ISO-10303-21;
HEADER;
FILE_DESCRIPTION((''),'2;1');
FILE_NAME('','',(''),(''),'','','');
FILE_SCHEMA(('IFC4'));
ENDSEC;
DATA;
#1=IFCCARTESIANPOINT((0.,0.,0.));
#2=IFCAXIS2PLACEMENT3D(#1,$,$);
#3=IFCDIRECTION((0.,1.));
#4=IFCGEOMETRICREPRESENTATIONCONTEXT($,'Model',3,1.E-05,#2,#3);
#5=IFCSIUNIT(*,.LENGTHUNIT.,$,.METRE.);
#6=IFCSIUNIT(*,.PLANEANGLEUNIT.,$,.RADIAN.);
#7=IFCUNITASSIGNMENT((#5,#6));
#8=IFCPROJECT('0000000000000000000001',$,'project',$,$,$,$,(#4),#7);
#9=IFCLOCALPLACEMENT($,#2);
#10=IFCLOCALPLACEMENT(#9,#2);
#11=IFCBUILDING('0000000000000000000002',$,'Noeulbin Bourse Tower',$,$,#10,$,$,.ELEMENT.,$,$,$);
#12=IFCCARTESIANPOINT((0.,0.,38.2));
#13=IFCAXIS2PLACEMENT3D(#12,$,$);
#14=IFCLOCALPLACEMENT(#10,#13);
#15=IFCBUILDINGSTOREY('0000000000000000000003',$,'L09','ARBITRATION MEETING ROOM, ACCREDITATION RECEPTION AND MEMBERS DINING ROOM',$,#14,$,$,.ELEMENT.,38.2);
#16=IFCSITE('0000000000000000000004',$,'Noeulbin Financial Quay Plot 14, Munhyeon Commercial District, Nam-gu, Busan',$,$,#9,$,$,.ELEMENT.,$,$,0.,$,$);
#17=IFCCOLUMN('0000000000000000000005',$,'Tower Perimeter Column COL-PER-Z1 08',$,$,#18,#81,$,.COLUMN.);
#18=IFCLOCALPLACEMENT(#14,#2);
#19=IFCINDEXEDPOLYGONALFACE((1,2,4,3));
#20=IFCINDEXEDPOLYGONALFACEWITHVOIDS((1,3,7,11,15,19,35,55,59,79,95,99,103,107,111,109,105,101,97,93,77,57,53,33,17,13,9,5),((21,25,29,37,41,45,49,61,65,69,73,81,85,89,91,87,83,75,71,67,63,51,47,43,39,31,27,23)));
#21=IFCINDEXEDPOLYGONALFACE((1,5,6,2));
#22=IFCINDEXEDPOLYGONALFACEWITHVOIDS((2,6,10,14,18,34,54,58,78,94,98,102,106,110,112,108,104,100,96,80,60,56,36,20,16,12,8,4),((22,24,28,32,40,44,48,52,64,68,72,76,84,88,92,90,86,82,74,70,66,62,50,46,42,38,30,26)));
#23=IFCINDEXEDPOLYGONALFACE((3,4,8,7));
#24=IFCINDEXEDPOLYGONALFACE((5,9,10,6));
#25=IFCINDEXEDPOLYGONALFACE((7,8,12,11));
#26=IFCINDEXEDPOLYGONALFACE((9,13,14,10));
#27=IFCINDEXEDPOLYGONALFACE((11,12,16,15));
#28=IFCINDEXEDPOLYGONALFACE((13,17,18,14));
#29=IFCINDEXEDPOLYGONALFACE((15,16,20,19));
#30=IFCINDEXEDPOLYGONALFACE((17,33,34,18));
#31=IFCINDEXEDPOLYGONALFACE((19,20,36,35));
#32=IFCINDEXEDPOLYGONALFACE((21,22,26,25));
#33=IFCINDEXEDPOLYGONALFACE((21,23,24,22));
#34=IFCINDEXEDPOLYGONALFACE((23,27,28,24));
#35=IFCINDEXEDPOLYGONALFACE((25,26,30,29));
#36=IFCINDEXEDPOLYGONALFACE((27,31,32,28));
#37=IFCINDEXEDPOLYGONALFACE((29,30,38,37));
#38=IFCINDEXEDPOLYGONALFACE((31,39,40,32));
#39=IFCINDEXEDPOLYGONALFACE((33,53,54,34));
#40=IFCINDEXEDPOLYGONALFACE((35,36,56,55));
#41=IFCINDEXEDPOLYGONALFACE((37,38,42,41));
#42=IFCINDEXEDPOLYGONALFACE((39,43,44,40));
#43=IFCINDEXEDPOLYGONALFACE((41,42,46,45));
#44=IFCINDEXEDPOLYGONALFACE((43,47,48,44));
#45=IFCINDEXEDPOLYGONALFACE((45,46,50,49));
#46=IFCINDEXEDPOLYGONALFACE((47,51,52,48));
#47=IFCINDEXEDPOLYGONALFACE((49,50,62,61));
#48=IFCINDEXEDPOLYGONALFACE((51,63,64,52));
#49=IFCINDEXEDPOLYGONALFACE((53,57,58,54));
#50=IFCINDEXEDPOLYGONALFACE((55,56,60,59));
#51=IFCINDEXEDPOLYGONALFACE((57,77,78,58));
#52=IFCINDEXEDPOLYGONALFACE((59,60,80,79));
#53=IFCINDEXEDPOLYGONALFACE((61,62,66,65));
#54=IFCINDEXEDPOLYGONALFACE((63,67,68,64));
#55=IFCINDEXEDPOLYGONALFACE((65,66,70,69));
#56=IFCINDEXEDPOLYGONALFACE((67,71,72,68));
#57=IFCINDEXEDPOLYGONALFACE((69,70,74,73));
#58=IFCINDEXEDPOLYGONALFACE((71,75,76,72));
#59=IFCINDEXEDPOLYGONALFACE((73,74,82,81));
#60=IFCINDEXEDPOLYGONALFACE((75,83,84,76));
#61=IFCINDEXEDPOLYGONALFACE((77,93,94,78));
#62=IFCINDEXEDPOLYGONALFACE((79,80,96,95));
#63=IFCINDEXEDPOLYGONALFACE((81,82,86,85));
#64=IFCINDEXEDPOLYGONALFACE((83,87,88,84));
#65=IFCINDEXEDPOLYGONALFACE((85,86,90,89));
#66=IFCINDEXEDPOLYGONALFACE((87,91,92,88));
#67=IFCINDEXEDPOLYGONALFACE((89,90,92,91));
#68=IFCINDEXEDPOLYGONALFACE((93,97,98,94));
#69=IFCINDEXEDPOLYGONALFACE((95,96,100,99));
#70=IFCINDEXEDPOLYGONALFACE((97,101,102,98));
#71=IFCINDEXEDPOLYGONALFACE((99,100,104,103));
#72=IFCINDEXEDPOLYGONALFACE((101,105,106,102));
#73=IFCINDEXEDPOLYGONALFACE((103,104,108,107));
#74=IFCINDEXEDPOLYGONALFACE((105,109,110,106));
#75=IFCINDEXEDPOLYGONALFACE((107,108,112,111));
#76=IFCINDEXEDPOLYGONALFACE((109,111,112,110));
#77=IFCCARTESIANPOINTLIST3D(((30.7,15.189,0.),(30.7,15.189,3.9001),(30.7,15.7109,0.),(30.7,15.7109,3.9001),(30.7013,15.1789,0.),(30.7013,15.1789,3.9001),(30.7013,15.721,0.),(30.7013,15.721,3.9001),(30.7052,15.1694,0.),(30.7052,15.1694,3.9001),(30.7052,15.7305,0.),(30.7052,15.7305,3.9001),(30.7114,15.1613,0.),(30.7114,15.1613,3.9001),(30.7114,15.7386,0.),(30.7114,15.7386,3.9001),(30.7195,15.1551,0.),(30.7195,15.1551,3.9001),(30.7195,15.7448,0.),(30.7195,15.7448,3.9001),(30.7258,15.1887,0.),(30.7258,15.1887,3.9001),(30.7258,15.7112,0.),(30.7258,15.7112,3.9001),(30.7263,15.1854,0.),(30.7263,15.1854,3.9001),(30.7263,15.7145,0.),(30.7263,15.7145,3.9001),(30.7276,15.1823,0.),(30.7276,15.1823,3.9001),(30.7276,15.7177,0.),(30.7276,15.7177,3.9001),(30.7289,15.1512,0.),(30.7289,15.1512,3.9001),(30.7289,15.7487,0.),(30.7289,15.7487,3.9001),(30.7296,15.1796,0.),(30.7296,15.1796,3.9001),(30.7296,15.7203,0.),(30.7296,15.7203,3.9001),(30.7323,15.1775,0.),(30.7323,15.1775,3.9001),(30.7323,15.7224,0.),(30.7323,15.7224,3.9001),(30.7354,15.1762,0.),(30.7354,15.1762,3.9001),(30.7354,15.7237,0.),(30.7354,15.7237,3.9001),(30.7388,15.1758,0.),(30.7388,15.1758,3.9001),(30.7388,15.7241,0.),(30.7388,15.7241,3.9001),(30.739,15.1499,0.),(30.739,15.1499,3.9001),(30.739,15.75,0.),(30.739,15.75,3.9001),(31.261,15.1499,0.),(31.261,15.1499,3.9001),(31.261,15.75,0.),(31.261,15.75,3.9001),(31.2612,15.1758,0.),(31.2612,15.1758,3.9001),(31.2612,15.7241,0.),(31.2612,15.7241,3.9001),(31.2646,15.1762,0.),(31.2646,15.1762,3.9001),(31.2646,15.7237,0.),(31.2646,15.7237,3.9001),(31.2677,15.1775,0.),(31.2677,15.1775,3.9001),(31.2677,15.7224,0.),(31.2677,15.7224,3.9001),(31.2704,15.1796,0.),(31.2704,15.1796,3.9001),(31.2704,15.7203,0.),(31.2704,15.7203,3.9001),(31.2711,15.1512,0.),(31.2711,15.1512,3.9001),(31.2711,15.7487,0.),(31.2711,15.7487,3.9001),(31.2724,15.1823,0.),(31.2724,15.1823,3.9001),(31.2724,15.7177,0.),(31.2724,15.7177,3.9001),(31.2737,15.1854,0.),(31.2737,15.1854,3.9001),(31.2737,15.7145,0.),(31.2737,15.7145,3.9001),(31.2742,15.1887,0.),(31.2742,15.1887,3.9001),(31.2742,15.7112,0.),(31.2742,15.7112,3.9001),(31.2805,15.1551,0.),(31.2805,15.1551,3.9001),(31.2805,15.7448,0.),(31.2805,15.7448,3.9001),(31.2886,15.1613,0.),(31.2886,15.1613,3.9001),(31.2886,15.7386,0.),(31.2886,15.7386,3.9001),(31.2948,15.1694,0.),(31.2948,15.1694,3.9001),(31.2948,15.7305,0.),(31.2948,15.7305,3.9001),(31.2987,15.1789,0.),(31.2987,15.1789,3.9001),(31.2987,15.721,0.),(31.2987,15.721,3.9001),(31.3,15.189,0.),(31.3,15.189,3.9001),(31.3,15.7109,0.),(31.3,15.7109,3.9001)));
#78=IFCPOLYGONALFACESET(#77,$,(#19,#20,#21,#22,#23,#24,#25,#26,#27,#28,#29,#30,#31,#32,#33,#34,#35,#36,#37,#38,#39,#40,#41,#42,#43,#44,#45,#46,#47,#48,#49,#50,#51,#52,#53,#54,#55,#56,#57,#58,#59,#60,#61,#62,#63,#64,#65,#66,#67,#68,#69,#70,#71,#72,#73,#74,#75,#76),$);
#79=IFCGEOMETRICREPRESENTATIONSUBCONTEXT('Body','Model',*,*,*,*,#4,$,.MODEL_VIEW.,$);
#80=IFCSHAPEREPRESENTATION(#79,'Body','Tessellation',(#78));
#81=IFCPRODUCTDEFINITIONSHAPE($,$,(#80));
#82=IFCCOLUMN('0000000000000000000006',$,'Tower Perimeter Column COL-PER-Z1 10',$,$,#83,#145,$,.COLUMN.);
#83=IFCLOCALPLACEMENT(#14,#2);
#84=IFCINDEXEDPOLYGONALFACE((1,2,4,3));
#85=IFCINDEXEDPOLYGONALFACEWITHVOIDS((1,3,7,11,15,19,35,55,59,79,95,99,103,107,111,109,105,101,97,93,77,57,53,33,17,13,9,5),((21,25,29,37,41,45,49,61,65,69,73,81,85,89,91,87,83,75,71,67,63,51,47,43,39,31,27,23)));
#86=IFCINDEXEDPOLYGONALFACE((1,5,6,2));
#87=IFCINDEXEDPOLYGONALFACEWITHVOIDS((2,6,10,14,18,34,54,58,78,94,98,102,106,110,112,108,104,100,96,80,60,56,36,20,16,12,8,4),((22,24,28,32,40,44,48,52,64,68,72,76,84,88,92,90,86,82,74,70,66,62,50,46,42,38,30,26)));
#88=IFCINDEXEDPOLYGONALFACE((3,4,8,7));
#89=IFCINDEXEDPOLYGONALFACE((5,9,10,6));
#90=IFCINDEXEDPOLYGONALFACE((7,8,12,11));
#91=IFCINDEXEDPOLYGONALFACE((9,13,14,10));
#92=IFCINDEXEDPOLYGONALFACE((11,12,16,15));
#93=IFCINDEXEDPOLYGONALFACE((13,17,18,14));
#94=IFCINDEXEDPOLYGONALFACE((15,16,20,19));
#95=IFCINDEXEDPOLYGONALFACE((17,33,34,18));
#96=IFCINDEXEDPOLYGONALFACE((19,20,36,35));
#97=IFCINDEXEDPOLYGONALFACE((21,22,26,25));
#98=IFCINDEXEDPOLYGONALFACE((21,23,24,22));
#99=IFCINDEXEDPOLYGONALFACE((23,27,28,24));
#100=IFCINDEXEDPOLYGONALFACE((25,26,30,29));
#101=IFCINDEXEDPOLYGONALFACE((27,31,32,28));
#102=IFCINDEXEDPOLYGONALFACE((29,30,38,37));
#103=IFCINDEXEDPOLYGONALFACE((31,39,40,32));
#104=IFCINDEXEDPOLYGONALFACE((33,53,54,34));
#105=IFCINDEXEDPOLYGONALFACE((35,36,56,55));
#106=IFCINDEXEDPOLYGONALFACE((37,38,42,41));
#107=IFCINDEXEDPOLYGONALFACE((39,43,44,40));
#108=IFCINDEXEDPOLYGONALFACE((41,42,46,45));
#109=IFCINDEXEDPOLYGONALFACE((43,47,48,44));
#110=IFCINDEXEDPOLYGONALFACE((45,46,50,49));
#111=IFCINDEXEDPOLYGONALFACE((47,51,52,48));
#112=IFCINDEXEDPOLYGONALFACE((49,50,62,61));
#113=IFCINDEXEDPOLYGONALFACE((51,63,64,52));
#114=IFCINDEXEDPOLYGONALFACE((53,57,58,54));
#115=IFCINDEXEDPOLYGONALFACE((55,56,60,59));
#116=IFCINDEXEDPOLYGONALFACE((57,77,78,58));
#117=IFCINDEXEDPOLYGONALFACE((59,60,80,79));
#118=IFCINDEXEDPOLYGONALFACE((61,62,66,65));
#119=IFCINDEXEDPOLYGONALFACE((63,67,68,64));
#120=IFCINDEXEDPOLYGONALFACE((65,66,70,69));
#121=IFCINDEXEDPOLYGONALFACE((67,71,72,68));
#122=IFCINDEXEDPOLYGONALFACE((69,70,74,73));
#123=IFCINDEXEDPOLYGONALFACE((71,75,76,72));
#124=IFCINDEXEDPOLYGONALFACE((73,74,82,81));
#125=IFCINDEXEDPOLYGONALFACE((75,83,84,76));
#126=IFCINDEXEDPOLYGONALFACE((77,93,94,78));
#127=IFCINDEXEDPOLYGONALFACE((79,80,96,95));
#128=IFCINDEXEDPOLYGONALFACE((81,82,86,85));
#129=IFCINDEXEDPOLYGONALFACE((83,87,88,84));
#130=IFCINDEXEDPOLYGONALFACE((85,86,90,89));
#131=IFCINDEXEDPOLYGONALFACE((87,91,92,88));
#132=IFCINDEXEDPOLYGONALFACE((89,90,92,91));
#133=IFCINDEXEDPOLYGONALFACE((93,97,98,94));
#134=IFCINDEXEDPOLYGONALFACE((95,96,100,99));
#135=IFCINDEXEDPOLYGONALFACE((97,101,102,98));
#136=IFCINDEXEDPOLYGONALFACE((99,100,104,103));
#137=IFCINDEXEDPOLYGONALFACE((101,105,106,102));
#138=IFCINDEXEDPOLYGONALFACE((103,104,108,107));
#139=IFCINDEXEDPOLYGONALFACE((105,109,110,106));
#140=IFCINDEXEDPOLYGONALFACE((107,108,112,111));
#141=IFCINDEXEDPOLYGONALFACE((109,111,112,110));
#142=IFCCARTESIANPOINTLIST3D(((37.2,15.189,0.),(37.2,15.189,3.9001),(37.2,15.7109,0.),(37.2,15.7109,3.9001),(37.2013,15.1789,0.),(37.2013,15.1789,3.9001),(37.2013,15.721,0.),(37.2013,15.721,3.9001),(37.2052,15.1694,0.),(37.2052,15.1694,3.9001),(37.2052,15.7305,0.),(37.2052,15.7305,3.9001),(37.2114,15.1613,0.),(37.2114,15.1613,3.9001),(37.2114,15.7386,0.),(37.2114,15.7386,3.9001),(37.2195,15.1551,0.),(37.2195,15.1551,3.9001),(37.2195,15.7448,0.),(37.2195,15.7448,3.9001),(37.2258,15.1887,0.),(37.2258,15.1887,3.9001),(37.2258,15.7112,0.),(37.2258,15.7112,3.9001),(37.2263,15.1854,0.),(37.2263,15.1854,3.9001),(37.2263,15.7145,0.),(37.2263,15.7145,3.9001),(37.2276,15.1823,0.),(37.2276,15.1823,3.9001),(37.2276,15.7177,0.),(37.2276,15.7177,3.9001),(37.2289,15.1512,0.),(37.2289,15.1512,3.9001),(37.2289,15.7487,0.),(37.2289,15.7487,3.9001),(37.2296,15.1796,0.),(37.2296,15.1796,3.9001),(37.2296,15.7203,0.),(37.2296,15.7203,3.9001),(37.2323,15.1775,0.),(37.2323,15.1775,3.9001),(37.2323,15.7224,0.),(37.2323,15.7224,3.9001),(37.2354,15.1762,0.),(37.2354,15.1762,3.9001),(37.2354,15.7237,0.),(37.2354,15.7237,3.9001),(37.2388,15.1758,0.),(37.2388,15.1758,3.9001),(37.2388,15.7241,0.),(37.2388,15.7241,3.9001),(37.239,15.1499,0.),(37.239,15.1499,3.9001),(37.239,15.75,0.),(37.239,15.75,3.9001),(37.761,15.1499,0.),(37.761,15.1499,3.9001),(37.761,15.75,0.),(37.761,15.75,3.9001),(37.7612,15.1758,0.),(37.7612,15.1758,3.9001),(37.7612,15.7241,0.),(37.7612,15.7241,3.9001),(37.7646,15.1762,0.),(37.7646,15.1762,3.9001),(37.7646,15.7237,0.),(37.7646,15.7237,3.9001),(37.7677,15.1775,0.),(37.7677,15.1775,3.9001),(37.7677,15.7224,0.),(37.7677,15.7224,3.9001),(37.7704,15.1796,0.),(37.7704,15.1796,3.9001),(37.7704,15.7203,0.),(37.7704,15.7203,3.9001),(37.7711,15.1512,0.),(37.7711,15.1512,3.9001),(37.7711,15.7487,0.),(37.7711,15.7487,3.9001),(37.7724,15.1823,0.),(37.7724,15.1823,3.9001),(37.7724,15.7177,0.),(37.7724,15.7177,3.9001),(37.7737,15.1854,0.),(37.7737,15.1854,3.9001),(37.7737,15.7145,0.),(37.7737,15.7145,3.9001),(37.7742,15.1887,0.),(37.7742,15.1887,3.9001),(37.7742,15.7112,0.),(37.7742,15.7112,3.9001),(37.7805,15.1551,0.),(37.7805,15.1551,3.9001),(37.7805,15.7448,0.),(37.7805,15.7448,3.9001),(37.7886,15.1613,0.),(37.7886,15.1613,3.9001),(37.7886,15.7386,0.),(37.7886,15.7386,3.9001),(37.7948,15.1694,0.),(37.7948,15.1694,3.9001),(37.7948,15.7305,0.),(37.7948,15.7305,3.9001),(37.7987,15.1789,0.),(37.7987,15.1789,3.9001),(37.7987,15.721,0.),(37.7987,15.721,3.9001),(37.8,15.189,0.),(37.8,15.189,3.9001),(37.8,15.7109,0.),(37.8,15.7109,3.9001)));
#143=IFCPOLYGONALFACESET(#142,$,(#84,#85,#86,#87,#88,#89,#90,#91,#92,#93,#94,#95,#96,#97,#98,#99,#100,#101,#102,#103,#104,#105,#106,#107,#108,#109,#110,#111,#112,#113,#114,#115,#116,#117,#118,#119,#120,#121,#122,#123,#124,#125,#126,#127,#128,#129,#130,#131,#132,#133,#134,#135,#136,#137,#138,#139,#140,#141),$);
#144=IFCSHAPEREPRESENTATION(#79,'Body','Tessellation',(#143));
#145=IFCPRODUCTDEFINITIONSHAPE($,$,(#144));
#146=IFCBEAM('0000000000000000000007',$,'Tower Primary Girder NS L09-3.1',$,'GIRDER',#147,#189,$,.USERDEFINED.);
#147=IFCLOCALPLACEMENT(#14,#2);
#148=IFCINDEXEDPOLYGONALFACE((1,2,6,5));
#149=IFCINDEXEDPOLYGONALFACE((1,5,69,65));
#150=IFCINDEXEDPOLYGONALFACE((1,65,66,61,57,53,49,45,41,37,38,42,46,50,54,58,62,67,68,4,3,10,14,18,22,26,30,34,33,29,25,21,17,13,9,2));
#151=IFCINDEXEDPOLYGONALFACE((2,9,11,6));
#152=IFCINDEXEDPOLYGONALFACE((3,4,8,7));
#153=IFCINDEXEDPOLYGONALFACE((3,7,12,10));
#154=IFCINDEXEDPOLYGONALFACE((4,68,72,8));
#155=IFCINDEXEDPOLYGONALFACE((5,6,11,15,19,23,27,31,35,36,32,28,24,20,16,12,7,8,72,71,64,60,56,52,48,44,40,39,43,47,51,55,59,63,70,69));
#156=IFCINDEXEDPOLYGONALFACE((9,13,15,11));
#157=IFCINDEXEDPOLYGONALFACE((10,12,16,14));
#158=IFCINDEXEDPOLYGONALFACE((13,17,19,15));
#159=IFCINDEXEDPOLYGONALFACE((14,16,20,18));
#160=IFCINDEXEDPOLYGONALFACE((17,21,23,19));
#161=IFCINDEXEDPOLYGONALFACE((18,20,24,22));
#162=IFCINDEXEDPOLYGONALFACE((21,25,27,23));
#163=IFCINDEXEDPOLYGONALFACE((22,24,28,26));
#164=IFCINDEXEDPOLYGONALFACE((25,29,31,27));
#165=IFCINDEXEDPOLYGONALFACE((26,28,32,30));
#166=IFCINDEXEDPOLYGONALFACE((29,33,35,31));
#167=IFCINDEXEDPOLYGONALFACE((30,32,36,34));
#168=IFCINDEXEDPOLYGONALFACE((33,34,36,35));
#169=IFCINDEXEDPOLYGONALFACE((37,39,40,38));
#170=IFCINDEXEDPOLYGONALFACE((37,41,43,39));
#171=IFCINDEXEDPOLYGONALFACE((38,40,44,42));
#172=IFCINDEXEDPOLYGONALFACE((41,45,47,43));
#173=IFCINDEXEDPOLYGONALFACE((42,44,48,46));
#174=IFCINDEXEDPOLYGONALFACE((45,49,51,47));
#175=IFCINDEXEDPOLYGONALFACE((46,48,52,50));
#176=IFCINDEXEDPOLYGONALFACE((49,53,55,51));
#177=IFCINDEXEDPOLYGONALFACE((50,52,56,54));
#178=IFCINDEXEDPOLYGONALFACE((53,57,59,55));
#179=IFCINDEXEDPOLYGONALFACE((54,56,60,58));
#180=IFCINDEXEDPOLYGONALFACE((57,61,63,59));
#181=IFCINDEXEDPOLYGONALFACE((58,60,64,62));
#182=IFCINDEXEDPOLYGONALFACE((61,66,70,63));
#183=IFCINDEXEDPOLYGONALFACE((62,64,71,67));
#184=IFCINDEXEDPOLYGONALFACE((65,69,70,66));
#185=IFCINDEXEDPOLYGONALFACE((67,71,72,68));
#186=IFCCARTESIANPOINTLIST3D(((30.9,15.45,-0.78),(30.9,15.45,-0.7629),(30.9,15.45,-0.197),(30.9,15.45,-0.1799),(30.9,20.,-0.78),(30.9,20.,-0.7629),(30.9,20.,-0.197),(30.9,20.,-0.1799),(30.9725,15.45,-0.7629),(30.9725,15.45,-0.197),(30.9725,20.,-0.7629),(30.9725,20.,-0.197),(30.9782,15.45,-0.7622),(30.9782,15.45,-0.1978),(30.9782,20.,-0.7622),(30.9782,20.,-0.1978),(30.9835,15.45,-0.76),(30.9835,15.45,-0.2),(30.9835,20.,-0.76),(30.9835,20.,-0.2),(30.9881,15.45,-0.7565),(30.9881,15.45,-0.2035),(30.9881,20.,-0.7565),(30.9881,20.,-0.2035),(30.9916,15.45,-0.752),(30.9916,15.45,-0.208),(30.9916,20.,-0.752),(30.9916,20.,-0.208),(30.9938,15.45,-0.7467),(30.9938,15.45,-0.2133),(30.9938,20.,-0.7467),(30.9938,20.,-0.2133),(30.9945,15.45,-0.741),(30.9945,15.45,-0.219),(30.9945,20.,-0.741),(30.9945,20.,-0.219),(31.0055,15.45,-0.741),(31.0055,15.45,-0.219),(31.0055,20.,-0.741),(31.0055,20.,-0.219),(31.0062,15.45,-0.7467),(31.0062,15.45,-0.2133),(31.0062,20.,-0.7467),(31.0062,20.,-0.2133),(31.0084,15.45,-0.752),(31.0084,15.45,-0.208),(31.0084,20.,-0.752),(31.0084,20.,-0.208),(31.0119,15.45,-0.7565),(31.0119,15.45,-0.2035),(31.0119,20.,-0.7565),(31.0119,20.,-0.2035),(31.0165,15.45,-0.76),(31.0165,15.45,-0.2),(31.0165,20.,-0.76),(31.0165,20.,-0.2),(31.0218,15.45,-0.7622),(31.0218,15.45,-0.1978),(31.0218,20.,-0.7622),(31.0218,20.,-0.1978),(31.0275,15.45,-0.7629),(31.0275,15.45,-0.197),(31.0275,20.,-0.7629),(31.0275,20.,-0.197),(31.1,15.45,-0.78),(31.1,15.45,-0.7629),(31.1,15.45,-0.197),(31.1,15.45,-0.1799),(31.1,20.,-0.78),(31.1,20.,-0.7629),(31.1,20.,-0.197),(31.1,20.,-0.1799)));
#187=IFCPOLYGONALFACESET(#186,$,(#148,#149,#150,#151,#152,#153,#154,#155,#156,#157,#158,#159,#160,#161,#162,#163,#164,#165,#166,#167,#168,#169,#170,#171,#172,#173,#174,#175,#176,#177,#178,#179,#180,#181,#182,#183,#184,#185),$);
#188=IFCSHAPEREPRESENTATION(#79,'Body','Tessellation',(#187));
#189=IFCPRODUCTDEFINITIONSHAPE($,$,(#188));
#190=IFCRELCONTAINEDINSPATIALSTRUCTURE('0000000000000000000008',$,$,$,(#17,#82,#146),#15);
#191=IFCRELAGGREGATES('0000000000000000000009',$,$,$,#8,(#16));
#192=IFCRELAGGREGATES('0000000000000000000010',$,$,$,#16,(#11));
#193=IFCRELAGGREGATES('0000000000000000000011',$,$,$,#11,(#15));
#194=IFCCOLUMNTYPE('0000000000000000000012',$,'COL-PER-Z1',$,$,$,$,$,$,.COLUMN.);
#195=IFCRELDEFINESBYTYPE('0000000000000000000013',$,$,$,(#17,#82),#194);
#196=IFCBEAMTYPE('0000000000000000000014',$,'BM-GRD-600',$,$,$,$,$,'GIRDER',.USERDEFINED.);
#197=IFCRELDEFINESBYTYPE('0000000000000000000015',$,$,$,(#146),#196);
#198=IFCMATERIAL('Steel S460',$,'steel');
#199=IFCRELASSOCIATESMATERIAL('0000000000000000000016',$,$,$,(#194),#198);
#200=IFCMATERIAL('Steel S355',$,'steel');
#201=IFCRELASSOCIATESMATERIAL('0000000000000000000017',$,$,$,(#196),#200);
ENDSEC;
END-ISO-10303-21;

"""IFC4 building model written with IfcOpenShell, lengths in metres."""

from ifc_helpers import new_model, si_unit, direction, frame, origin, origin_2d, place, context, subcontext, project, spatial, hollow_rectangle, i_section, extrude, material, material_profile, profile_set, type_object, element, save


model = new_model("IFC4")

# Units and contexts
model_context = context("Model", 3, precision=1e-05, world=origin(), true_north=direction((0.0, 1.0)))
body_context = subcontext(model_context, "Body", "Model", "MODEL_VIEW")
ifc_project = project(units=[si_unit("LENGTHUNIT", "METRE"), si_unit("PLANEANGLEUNIT", "RADIAN")], contexts=[model_context])

# Site, building, storey
site_placement = place(None, origin())
site = spatial("IfcSite", under=ifc_project, at=site_placement, Name="Noeulbin Financial Quay Plot 14, Munhyeon Commercial District, Nam-gu, Busan", CompositionType="ELEMENT", RefElevation=0.0)
building_placement = place(site_placement, origin())
building = spatial("IfcBuilding", under=site, at=building_placement, Name="Noeulbin Bourse Tower", CompositionType="ELEMENT")
storey_placement = place(building_placement, frame((0.0, 0.0, 38.2)))
storey = spatial("IfcBuildingStorey", under=building, at=storey_placement, Name="L09", Description="ARBITRATION MEETING ROOM, ACCREDITATION RECEPTION AND MEMBERS DINING ROOM", CompositionType="ELEMENT", Elevation=38.2)

# Columns
ifc_material_1 = material(Name="Steel S460", Category="steel")
ifc_material_profile_1 = material_profile(ifc_material_1, hollow_rectangle(XDim=0.6001, YDim=0.6001, WallThickness=0.0259, InnerFilletRadius=0.0129, OuterFilletRadius=0.0391, at=origin_2d()), Name="BOX-600x600x26", Category="LoadBearing")
ifc_profile_set_1 = profile_set([ifc_material_profile_1], Name="Steel S460")
column_type = type_object("IfcColumnType", Name="COL-PER-Z1", PredefinedType="COLUMN", material=ifc_profile_set_1)
for number, where, z_axis, x_axis, name in (
    (1, (31.0, 15.45, 0.0), (0.0, 0.0, 1.0), (1.0, 0.0, 0.0), "Tower Perimeter Column COL-PER-Z1 08"),
    (2, (37.5, 15.45, 0.0), (0.0, 0.0, 1.0), (1.0, 0.0, 0.0), "Tower Perimeter Column COL-PER-Z1 10"),
):
    element("IfcColumn", number, at=place(storey_placement, frame(where, z_axis=z_axis, x_axis=x_axis)), inside=storey, type_object=column_type, Name=name, PredefinedType="COLUMN", context=body_context, shape_type="SweptSolid", body=[
        extrude(hollow_rectangle(XDim=0.6001, YDim=0.6001, WallThickness=0.0259, InnerFilletRadius=0.0129, OuterFilletRadius=0.0391, at=origin_2d()), origin(), (0.0, 0.0, 1.0), 3.9001),
    ])

# Beam
ifc_material_2 = material(Name="Steel S355", Category="steel")
ifc_material_profile_2 = material_profile(ifc_material_2, i_section(OverallWidth=0.2, OverallDepth=0.6001, WebThickness=0.011, FlangeThickness=0.0171, FilletRadius=0.022, at=origin_2d()), Name="H-600x200x11x17", Category="LoadBearing")
ifc_profile_set_2 = profile_set([ifc_material_profile_2], Name="Steel S355")
beam_type_1 = type_object("IfcBeamType", Name="BM-GRD-600", ElementType="GIRDER", PredefinedType="USERDEFINED", material=ifc_profile_set_2)
for number, where, z_axis, x_axis, name in (
    (3, (31.0, 15.45, -0.48), (0.0, 1.0, 0.0), (-1.0, 0.0, 0.0), "Tower Primary Girder NS L09-3.1"),
):
    element("IfcBeam", number, at=place(storey_placement, frame(where, z_axis=z_axis, x_axis=x_axis)), inside=storey, type_object=beam_type_1, Name=name, ObjectType="GIRDER", PredefinedType="USERDEFINED", context=body_context, shape_type="SweptSolid", body=[
        extrude(i_section(OverallWidth=0.2, OverallDepth=0.6001, WebThickness=0.011, FlangeThickness=0.0171, FilletRadius=0.022, at=origin_2d()), origin(), (0.0, 0.0, 1.0), 4.55),
    ])

save(model, "model.ifc")
